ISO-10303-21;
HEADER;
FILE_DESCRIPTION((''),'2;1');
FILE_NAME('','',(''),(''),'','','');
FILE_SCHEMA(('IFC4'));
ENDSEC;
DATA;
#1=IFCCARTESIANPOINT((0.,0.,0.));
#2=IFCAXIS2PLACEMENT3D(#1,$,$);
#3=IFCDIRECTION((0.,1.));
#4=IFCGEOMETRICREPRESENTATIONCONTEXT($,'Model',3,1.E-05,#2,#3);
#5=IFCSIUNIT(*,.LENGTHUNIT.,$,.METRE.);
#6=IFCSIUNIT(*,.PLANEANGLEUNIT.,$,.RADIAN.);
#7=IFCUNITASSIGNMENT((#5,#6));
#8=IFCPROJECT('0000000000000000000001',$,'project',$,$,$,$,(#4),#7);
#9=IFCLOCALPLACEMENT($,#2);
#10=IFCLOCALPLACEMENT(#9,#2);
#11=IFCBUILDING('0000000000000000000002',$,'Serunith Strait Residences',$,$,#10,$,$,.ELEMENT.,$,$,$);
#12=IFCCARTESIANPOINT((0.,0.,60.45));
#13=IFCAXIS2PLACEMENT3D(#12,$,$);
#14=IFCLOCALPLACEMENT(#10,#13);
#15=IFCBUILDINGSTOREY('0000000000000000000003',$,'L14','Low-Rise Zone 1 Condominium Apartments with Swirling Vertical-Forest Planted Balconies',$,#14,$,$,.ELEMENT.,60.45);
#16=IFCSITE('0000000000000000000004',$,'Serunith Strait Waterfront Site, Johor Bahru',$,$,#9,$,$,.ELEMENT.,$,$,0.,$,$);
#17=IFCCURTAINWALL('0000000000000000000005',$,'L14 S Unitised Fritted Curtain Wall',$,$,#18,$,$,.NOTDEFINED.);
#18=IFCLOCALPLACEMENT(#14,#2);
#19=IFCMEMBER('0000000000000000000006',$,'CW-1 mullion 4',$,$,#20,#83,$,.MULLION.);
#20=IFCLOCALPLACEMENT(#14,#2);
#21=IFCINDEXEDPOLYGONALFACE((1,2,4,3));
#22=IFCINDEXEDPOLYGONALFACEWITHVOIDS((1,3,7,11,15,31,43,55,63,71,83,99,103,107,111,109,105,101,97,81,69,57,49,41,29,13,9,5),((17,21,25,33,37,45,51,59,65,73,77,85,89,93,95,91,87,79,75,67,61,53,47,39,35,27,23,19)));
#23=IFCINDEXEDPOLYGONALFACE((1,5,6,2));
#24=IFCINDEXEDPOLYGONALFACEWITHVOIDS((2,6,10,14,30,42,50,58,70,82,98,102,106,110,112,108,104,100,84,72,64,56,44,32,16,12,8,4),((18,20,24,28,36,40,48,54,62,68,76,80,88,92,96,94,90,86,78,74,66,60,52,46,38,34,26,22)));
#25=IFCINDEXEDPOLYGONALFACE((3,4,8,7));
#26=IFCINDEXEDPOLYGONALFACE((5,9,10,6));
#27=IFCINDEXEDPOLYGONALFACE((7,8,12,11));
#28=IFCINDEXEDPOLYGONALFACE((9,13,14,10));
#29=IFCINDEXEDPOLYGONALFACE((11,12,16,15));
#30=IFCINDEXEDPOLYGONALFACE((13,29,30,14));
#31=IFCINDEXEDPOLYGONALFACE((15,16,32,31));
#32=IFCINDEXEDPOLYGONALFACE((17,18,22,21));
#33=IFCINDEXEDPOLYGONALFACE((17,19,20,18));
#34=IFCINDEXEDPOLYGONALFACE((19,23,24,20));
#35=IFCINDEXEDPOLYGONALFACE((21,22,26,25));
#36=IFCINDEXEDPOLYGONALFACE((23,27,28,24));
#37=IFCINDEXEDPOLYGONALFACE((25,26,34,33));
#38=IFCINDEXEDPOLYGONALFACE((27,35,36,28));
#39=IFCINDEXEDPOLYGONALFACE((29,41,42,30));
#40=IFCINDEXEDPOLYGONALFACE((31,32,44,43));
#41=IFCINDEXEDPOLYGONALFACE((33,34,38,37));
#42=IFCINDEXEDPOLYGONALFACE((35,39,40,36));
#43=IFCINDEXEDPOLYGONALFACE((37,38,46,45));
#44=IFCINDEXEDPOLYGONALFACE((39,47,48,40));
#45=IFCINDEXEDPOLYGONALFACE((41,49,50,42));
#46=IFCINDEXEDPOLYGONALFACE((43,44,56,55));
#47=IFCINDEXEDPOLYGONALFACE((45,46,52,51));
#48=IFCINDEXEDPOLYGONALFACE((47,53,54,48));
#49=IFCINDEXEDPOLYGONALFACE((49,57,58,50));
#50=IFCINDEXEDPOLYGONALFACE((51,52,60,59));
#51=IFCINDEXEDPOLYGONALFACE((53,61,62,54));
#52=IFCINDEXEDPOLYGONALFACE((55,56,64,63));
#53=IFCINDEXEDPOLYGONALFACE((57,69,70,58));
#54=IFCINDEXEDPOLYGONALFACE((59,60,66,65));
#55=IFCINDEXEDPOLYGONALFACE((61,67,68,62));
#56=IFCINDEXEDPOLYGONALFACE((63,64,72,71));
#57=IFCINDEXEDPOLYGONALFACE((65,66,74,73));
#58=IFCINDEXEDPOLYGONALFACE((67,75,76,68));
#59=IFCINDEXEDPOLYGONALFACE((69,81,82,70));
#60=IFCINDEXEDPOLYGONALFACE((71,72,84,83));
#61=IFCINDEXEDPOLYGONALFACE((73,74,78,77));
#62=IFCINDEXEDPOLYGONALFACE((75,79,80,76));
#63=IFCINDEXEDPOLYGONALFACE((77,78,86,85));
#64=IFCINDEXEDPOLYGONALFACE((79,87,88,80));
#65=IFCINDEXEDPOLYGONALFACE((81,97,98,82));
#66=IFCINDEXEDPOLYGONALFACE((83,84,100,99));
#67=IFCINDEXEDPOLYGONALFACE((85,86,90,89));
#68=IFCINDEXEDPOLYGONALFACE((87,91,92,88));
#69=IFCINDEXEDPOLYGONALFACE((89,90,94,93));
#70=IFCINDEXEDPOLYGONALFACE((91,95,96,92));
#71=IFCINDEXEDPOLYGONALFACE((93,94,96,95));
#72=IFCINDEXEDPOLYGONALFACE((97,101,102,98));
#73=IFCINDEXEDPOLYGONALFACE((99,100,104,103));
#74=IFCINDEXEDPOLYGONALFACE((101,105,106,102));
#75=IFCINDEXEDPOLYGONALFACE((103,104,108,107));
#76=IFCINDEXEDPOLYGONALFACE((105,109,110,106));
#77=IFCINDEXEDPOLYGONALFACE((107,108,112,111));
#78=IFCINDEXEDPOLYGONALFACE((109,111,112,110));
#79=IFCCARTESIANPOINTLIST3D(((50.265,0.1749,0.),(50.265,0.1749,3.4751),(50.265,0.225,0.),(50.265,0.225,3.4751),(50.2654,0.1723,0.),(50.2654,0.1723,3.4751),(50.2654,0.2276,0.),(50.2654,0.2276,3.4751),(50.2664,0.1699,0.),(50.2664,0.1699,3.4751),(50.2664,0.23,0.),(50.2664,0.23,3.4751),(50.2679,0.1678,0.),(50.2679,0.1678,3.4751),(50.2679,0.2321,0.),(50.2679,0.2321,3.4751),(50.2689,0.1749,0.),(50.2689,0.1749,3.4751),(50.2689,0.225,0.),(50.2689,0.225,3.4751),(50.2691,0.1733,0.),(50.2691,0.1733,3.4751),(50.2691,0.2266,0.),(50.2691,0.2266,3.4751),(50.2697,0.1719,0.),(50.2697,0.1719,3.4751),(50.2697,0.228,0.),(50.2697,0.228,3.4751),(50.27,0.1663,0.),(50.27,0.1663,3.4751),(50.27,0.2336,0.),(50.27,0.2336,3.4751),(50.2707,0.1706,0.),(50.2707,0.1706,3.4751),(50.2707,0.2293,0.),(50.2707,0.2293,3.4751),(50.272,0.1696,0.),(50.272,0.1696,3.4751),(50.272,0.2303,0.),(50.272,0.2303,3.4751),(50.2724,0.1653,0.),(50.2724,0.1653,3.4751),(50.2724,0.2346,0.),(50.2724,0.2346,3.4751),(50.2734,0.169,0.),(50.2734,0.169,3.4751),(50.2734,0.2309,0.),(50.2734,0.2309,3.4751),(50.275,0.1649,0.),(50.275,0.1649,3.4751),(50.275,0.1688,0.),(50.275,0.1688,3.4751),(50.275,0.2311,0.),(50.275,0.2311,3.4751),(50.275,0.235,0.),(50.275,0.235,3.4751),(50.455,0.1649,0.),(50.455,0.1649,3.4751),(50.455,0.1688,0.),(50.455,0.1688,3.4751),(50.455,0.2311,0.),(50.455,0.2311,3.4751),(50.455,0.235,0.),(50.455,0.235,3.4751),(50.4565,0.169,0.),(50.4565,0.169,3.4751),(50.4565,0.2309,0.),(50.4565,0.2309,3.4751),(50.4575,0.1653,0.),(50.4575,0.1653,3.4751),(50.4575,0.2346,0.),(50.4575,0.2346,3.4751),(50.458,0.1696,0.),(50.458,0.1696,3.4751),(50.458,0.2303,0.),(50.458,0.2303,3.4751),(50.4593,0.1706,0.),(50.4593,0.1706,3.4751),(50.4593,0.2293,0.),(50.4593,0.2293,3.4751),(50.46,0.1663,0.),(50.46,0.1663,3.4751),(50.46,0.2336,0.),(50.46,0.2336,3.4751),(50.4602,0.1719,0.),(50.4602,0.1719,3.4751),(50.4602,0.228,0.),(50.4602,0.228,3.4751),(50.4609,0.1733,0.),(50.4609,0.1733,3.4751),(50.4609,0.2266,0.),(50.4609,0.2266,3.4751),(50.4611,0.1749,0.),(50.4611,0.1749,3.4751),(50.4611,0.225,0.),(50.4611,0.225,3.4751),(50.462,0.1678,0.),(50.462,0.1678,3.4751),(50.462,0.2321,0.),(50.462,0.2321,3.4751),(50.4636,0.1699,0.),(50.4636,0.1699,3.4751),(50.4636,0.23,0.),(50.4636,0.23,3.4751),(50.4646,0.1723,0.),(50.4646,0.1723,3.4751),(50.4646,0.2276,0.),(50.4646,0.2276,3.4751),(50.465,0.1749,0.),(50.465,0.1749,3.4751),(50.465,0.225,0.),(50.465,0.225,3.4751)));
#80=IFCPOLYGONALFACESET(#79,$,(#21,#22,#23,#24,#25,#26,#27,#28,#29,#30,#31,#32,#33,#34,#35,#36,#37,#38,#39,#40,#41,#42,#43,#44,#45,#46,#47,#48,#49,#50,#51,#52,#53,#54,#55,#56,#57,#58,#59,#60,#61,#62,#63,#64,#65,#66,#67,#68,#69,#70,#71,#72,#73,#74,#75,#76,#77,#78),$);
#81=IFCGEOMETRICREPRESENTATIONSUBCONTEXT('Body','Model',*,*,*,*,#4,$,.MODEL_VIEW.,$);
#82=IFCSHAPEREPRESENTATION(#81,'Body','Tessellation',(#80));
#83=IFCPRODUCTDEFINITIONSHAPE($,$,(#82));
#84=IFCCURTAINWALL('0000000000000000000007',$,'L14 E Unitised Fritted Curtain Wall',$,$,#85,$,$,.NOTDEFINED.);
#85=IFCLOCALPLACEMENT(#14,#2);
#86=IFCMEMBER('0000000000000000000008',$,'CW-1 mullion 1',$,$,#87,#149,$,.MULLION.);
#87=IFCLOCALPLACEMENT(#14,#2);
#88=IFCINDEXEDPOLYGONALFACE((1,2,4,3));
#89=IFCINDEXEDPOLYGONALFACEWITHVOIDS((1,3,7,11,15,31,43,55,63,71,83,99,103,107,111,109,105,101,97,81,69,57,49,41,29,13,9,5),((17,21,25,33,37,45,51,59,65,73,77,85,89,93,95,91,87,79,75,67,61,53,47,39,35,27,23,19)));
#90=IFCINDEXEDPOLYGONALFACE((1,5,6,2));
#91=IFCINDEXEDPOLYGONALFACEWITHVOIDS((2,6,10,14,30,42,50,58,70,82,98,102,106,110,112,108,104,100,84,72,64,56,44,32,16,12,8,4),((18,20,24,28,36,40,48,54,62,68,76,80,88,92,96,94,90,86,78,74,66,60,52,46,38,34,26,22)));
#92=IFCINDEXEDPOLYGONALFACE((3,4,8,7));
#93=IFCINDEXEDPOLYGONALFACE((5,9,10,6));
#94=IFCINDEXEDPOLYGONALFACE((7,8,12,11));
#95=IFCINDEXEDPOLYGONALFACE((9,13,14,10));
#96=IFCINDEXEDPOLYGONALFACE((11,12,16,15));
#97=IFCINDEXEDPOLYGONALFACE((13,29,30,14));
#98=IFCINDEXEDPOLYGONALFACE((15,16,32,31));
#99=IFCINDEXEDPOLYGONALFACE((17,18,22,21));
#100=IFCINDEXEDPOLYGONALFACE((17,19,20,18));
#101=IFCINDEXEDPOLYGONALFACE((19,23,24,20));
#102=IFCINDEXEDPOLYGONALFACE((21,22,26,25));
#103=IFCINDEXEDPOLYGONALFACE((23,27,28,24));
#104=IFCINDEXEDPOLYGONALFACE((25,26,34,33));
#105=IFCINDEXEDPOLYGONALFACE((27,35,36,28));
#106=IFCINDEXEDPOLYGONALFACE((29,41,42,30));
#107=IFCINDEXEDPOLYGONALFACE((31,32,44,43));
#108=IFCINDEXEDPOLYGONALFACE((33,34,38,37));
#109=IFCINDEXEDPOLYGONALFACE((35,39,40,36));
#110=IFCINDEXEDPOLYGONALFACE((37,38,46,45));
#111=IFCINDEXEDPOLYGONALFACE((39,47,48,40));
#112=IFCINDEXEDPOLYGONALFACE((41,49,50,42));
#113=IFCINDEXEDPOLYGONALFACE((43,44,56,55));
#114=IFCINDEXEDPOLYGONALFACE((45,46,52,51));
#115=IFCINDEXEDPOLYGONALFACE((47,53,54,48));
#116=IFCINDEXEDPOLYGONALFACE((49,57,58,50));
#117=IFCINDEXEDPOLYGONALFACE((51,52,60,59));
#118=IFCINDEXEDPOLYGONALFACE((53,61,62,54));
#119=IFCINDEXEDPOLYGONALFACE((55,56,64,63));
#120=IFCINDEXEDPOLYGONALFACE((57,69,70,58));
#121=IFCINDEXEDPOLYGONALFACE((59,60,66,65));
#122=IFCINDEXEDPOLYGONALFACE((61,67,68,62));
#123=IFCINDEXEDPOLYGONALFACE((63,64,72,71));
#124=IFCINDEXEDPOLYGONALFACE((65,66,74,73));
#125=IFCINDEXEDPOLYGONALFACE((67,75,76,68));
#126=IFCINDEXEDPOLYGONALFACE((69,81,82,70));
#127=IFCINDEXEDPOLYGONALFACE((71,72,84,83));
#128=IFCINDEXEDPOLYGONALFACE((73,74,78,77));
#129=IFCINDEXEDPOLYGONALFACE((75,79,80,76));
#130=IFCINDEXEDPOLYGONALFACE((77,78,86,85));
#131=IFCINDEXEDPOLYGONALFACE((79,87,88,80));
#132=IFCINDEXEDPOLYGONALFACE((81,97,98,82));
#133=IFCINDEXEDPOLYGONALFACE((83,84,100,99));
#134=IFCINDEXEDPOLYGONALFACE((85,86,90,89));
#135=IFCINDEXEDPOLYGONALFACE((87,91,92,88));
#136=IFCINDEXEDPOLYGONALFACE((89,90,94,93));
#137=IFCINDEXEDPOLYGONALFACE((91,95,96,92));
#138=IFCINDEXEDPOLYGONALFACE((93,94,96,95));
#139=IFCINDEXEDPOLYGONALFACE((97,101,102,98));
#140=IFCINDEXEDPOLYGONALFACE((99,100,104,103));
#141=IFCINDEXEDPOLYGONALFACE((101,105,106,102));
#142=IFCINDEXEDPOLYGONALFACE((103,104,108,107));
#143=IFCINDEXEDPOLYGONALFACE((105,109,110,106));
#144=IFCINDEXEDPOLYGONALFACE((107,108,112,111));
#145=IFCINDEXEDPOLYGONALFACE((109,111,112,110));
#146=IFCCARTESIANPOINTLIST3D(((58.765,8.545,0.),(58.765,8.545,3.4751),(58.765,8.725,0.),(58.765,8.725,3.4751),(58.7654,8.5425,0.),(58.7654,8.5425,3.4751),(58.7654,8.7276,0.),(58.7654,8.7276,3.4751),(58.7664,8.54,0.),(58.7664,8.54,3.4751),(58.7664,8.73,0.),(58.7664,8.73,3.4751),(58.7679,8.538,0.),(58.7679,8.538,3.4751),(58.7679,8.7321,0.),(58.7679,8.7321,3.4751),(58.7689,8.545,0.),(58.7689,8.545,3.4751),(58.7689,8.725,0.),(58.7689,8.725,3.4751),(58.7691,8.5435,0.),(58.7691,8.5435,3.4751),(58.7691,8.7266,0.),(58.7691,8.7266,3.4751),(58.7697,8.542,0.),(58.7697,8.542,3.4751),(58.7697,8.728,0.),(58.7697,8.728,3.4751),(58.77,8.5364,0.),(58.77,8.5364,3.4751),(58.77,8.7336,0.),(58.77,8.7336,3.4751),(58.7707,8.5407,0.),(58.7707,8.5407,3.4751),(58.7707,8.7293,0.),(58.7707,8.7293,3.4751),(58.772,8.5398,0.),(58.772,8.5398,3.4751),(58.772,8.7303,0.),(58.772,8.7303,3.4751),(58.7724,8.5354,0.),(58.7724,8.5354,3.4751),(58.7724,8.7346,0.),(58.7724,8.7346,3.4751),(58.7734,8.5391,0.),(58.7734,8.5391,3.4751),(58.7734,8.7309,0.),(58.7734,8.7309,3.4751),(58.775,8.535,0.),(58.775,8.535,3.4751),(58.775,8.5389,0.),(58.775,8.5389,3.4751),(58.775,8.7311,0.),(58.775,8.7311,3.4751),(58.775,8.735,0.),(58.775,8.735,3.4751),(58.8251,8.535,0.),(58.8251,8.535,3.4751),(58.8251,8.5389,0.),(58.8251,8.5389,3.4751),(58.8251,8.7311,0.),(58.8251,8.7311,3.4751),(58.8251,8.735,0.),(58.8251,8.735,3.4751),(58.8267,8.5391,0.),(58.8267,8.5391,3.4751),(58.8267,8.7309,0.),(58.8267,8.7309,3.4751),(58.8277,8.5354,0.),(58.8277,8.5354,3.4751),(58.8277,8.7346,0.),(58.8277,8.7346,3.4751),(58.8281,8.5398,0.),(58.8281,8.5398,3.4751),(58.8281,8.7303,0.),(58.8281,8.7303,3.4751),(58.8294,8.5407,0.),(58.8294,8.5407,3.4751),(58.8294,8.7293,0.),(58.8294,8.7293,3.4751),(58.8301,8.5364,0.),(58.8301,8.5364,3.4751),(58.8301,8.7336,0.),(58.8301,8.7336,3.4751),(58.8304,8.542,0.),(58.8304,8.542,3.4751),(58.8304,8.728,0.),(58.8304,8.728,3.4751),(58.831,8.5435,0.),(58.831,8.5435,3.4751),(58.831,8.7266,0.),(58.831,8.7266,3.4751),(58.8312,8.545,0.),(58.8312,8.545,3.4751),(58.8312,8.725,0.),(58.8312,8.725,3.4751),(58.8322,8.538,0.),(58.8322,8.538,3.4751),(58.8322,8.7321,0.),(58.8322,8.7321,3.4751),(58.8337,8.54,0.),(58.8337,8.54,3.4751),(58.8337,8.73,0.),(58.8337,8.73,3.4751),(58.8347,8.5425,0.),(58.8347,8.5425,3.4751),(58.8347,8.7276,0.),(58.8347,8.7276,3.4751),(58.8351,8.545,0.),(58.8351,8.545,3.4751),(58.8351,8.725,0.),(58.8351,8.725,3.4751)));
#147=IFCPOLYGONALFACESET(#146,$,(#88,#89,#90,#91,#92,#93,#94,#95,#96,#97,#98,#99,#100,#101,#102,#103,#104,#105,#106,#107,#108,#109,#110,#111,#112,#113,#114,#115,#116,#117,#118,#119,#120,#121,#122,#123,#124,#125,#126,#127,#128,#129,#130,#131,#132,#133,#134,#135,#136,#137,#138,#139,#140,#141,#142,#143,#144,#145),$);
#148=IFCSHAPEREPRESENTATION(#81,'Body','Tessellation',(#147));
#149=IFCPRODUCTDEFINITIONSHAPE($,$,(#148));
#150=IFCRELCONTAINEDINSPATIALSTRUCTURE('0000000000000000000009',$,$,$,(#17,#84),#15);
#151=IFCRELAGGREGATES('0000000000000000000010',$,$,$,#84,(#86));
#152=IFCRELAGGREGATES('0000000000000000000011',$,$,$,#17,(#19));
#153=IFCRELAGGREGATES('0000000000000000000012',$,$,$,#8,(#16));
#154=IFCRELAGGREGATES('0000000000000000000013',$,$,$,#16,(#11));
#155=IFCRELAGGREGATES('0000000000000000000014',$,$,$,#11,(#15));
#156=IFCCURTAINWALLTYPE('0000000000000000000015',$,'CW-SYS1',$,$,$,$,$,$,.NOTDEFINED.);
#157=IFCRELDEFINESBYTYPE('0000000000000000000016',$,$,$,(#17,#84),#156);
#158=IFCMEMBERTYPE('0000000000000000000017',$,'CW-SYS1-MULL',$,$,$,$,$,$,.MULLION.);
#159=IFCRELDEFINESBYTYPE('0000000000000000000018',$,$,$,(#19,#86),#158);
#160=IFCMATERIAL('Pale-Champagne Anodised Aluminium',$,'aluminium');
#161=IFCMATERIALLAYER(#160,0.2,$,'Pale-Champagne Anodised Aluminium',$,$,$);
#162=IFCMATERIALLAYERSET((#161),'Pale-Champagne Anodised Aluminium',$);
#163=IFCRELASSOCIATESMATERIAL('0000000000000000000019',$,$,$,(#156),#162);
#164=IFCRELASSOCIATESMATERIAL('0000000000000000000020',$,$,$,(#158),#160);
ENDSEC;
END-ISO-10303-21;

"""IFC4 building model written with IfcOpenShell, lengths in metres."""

from ifc_helpers import new_model, si_unit, direction, frame, origin, origin_2d, place, context, subcontext, project, spatial, hollow_rectangle, extrude, source, transform, mapped, material, layer, layer_set, material_profile, profile_set, type_object, element, aggregate, save


model = new_model("IFC4")

# Units and contexts
model_context = context("Model", 3, precision=1e-05, world=origin(), true_north=direction((0.0, 1.0)))
body_context = subcontext(model_context, "Body", "Model", "MODEL_VIEW")
ifc_project = project(units=[si_unit("LENGTHUNIT", "METRE"), si_unit("PLANEANGLEUNIT", "RADIAN")], contexts=[model_context])

# Site, building, storey
site_placement = place(None, origin())
site = spatial("IfcSite", under=ifc_project, at=site_placement, Name="Serunith Strait Waterfront Site, Johor Bahru", CompositionType="ELEMENT", RefElevation=0.0)
building_placement = place(site_placement, origin())
building = spatial("IfcBuilding", under=site, at=building_placement, Name="Serunith Strait Residences", CompositionType="ELEMENT")
storey_placement = place(building_placement, frame((0.0, 0.0, 60.45)))
storey = spatial("IfcBuildingStorey", under=building, at=storey_placement, Name="L14", Description="Low-Rise Zone 1 Condominium Apartments with Swirling Vertical-Forest Planted Balconies", CompositionType="ELEMENT", Elevation=60.45)

# Curtain wall, member
ifc_material_1 = material(Name="Pale-Champagne Anodised Aluminium", Category="aluminium")
ifc_layer_1 = layer(ifc_material_1, 0.2, Name="Pale-Champagne Anodised Aluminium")
ifc_layer_set_1 = layer_set([ifc_layer_1], Name="Pale-Champagne Anodised Aluminium")
curtain_wall_type = type_object("IfcCurtainWallType", Name="CW-SYS1", PredefinedType="NOTDEFINED", material=ifc_layer_set_1)
curtain_wall_1_placement = place(storey_placement, origin())
curtain_wall_1 = element("IfcCurtainWall", 1, at=curtain_wall_1_placement, inside=storey, type_object=curtain_wall_type, Name="L14 S Unitised Fritted Curtain Wall", PredefinedType="NOTDEFINED")
ifc_material_profile_1 = material_profile(ifc_material_1, hollow_rectangle(XDim=0.0701, YDim=0.2, WallThickness=0.0039, InnerFilletRadius=0.0061, OuterFilletRadius=0.01, at=origin_2d()), Name="ALU 200x70x4")
ifc_profile_set_1 = profile_set([ifc_material_profile_1], Name="Pale-Champagne Anodised Aluminium")
member_type_1 = type_object("IfcMemberType", Name="CW-SYS1-MULL", PredefinedType="MULLION", material=ifc_profile_set_1)
shared_shape_1 = source(origin(), body_context, "Body", "SweptSolid", [
    extrude(hollow_rectangle(XDim=0.0701, YDim=0.2, WallThickness=0.0039, InnerFilletRadius=0.0061, OuterFilletRadius=0.01, at=origin_2d()), origin(), (0.0, 0.0, 1.0), 3.4751),
])
member_1_placement = place(storey_placement, frame((50.365, 0.2, 0.0), z_axis=(0.0, 0.0, 1.0), x_axis=(0.0, 1.0, 0.0)))
member_1 = element("IfcMember", 2, at=member_1_placement, type_object=member_type_1, Name="CW-1 mullion 4", PredefinedType="MULLION", context=body_context, shape_type="MappedRepresentation", body=[
    mapped(shared_shape_1, transform((0.0, 0.0, 0.0), scale=1.0)),
])

# Curtain wall, member
curtain_wall_2_placement = place(storey_placement, origin())
curtain_wall_2 = element("IfcCurtainWall", 3, at=curtain_wall_2_placement, inside=storey, type_object=curtain_wall_type, Name="L14 E Unitised Fritted Curtain Wall", PredefinedType="NOTDEFINED")
member_2_placement = place(storey_placement, frame((58.8, 8.635, 0.0), z_axis=(0.0, 0.0, 1.0), x_axis=(-1.0, 0.0, 0.0)))
member_2 = element("IfcMember", 4, at=member_2_placement, type_object=member_type_1, Name="CW-1 mullion 1", PredefinedType="MULLION", context=body_context, shape_type="MappedRepresentation", body=[
    mapped(shared_shape_1, transform((0.0, 0.0, 0.0), scale=1.0)),
])

aggregate(curtain_wall_2, [member_2])

aggregate(curtain_wall_1, [member_1])

save(model, "model.ifc")
